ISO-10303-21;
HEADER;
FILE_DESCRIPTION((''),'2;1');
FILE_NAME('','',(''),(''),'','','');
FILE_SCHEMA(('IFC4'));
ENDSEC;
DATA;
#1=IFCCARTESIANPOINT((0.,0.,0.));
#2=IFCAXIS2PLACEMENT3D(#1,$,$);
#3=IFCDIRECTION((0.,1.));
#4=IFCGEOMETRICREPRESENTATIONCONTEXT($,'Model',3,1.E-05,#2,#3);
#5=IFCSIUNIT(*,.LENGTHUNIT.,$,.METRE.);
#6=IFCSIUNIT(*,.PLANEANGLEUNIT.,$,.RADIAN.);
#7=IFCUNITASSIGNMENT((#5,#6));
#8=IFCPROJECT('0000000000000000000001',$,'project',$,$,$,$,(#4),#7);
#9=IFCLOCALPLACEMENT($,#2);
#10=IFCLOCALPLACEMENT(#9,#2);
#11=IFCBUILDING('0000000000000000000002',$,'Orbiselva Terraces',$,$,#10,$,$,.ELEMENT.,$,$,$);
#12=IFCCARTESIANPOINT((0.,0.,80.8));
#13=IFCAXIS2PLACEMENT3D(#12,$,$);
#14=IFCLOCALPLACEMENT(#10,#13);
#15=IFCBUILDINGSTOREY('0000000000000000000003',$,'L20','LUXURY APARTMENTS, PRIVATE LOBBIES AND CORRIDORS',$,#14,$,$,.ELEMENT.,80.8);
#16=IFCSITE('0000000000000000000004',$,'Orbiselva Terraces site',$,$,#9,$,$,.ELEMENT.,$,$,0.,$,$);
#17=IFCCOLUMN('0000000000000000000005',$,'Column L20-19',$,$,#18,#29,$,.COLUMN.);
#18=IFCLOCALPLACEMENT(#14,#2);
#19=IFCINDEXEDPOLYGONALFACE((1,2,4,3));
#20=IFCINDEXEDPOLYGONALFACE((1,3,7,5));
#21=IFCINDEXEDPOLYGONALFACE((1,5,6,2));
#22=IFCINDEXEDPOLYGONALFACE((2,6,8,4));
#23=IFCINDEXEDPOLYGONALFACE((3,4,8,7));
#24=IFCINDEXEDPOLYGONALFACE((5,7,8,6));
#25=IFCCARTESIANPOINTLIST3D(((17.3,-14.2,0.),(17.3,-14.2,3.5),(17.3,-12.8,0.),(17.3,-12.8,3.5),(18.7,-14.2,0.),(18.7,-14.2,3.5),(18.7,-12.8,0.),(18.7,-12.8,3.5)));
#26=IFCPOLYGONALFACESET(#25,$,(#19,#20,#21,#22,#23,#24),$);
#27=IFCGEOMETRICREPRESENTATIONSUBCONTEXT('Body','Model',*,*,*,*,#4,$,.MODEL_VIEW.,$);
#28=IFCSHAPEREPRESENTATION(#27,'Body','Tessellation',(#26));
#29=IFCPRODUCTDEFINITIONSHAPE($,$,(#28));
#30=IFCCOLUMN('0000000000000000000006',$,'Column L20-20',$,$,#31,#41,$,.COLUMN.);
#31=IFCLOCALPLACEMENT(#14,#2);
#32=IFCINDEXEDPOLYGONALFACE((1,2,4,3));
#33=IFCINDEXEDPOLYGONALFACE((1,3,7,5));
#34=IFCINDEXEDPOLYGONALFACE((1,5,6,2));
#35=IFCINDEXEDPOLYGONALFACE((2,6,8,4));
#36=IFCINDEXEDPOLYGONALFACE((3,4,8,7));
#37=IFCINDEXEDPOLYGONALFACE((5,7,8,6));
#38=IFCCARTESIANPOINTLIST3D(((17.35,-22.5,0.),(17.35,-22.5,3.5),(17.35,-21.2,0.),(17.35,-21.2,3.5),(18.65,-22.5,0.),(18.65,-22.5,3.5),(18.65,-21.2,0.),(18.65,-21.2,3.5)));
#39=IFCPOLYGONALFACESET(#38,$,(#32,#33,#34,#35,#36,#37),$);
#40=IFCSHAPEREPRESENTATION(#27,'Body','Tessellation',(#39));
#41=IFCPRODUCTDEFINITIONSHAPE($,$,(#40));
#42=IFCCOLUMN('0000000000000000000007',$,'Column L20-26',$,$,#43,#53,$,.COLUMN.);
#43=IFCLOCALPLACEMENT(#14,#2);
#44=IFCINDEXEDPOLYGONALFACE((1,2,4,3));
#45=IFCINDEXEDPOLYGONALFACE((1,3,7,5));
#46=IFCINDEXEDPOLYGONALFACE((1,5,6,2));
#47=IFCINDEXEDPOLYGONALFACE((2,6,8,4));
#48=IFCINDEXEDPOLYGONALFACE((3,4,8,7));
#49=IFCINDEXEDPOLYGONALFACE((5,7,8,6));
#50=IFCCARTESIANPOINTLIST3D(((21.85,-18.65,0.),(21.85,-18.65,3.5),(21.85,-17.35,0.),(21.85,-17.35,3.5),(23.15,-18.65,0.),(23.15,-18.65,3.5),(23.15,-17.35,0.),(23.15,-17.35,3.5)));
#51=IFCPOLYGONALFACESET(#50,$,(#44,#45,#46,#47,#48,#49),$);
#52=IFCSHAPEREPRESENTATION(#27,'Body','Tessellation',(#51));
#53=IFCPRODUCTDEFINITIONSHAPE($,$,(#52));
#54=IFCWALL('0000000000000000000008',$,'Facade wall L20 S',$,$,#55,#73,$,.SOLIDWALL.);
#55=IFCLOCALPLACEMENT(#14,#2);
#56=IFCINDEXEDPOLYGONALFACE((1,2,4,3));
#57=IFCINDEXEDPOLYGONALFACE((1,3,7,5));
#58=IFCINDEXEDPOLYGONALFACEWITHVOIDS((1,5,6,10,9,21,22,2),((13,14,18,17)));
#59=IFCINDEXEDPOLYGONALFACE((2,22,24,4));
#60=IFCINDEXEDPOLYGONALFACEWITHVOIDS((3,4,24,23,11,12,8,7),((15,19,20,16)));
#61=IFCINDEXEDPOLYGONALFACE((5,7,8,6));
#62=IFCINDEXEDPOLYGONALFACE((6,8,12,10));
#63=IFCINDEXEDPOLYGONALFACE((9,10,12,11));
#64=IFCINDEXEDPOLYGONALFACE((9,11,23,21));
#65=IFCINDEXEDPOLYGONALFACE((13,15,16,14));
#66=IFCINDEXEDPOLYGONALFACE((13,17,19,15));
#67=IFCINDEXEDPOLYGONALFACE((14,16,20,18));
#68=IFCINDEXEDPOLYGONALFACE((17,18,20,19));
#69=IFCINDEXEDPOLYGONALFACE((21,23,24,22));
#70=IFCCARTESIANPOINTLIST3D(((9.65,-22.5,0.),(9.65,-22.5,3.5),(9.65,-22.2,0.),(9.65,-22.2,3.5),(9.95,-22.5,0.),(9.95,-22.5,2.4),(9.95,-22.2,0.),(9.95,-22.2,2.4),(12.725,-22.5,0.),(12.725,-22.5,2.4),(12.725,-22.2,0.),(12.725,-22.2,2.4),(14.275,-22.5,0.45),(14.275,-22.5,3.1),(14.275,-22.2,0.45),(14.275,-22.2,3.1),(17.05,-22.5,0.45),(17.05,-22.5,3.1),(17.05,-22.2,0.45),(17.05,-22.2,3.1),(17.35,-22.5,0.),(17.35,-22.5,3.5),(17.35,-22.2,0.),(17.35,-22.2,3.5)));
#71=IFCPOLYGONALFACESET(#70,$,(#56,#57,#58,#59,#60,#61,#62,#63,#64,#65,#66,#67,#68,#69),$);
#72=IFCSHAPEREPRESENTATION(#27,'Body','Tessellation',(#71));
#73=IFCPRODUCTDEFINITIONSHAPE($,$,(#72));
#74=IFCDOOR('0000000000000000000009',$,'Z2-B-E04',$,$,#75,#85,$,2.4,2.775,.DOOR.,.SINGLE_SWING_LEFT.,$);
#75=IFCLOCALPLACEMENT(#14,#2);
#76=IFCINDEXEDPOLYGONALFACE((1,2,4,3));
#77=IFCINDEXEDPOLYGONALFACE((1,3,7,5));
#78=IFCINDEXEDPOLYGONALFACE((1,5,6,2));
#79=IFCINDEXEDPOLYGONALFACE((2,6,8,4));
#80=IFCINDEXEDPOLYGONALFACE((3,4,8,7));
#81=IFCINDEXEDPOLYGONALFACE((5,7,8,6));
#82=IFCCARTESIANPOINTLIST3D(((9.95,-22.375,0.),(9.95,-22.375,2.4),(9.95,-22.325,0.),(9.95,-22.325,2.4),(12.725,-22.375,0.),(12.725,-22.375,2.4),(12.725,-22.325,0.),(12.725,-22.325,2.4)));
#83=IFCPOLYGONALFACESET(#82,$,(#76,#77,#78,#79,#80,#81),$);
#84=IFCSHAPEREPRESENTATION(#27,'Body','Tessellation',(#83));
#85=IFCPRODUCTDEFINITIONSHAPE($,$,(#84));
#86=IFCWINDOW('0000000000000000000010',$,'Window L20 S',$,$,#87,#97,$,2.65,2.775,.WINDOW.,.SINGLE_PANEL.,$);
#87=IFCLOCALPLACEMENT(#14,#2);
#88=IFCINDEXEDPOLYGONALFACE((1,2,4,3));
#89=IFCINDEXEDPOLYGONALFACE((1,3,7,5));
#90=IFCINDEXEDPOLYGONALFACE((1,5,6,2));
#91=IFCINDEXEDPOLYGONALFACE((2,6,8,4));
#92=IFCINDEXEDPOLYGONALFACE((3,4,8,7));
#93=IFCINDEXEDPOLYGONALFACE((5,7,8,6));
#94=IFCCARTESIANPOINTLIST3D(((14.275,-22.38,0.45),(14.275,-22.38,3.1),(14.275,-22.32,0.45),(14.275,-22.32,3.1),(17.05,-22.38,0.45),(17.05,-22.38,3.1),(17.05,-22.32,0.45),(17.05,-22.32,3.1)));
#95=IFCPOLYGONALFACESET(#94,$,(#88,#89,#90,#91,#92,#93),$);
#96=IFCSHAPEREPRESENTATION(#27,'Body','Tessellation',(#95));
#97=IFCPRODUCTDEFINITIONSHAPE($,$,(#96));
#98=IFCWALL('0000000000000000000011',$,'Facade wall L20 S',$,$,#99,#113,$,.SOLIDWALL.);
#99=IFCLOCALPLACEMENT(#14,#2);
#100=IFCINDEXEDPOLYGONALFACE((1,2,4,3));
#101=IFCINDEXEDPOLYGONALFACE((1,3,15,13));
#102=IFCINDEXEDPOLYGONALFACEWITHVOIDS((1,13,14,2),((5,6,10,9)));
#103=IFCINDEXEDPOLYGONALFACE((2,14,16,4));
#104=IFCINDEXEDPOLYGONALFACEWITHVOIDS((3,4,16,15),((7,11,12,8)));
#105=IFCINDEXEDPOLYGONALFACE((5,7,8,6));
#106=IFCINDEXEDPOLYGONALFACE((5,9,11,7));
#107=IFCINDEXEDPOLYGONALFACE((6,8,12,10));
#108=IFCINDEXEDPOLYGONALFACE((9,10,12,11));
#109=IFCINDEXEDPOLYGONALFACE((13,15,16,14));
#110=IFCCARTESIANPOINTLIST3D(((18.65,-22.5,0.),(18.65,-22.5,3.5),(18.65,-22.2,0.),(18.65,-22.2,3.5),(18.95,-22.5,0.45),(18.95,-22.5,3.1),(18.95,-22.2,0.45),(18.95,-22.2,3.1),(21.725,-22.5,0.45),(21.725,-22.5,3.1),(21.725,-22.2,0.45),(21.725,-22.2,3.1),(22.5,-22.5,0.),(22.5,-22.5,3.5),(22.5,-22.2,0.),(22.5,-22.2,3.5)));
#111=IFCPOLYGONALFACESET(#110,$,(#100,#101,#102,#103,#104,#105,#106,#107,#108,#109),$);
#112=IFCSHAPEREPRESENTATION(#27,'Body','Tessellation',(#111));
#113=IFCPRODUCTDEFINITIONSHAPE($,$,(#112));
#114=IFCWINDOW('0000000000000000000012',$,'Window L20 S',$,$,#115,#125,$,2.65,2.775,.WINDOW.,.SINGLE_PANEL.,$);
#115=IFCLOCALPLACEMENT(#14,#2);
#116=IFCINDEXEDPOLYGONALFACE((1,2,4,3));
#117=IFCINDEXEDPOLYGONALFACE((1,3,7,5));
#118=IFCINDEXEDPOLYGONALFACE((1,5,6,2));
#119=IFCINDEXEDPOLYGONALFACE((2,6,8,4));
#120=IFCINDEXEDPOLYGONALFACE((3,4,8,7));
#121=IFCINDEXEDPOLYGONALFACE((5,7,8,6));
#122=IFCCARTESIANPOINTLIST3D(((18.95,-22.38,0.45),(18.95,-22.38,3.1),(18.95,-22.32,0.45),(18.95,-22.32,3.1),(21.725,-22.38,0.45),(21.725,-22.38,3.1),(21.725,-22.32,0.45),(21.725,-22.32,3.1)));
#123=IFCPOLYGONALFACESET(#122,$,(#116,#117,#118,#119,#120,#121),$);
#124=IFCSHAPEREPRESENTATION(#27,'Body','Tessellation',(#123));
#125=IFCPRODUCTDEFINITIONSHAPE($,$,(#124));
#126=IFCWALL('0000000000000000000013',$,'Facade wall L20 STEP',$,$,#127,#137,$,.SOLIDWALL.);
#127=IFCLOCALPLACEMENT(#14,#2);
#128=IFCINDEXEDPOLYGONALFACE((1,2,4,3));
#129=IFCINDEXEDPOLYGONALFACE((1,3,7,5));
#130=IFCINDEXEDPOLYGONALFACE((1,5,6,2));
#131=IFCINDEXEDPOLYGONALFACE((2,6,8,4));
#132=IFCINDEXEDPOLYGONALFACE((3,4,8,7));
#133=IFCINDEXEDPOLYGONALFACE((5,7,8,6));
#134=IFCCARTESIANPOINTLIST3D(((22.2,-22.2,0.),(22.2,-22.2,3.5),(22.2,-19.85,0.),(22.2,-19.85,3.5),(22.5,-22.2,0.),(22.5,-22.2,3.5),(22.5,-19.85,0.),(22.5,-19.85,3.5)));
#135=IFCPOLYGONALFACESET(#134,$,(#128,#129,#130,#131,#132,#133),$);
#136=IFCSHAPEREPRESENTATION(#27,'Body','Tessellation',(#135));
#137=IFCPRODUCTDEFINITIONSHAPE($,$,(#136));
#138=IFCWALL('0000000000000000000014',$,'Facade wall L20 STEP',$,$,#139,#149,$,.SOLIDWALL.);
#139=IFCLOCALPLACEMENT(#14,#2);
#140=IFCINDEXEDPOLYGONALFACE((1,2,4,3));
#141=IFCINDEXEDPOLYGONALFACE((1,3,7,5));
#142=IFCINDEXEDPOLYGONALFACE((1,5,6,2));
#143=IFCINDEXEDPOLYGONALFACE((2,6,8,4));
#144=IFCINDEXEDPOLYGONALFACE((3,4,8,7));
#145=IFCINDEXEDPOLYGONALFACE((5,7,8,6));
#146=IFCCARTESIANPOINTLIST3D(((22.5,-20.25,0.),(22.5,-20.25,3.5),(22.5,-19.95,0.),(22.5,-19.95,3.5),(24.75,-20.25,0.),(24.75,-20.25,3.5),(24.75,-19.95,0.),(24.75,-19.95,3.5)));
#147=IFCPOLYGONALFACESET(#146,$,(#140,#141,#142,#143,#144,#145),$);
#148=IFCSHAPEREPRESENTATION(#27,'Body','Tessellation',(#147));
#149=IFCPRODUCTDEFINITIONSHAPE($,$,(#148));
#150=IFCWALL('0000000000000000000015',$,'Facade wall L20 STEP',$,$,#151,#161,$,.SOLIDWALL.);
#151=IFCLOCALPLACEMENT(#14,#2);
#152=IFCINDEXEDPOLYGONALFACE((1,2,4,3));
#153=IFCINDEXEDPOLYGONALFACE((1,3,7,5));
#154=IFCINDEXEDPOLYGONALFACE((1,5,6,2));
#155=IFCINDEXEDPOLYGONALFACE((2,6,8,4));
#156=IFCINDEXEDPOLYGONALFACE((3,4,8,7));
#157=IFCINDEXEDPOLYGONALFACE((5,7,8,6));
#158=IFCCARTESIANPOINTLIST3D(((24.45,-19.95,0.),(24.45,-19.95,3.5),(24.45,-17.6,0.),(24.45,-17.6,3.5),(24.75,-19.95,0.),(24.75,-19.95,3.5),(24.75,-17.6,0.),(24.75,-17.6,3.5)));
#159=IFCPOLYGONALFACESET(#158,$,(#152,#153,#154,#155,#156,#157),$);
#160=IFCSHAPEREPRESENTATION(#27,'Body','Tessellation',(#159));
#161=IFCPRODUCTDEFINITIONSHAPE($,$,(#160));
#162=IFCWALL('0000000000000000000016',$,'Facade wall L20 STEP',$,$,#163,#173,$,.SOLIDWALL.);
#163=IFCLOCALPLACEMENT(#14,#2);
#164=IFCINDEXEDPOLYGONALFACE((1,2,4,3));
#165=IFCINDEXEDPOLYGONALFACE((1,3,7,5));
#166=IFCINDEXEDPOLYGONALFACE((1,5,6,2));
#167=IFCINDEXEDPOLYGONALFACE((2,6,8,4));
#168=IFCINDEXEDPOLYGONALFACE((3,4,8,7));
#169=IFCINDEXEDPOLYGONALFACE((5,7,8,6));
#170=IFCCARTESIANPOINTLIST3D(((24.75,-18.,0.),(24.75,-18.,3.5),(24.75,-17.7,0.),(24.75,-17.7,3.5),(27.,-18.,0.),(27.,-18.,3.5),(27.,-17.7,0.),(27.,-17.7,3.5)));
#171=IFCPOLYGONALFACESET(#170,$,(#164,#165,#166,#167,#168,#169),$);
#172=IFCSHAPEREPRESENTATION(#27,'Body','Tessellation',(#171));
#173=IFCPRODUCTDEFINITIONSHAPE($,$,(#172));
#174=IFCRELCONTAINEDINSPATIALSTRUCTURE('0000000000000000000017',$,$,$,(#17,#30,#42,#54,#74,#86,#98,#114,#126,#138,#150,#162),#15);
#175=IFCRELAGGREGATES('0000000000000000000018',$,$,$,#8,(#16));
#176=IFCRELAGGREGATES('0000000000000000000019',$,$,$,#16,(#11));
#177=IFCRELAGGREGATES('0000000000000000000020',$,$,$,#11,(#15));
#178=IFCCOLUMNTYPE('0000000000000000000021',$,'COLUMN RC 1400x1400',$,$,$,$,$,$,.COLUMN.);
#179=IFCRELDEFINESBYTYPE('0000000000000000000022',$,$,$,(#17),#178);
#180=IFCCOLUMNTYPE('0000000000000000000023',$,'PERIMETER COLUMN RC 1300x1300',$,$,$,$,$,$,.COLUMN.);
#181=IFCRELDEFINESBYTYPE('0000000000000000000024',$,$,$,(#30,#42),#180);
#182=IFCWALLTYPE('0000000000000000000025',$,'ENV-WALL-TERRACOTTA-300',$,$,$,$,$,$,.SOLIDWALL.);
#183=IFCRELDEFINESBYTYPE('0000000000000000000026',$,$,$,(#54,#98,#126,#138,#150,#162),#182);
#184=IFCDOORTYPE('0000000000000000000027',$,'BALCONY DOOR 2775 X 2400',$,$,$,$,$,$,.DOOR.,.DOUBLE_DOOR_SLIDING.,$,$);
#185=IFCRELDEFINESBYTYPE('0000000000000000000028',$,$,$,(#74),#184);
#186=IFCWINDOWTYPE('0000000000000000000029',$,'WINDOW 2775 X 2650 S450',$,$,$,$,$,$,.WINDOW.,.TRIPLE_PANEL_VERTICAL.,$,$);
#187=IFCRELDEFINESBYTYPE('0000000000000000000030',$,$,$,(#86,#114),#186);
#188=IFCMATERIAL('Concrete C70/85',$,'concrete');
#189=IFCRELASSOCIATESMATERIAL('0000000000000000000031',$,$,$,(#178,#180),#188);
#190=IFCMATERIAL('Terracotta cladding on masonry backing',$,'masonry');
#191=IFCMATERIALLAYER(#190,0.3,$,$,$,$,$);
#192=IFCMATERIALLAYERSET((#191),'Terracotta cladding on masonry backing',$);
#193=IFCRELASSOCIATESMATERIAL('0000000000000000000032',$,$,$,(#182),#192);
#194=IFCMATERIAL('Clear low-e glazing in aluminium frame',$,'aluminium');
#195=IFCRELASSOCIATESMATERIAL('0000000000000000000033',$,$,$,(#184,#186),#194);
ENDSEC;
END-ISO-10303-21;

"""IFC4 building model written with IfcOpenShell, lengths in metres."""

from ifc_helpers import new_model, si_unit, direction, frame, frame_2d, origin, origin_2d, place, context, subcontext, project, spatial, rectangle, extrude, material, layer, layer_set, material_profile, profile_set, type_object, element, fill, save


model = new_model("IFC4")

# Units and contexts
model_context = context("Model", 3, precision=1e-05, world=origin(), true_north=direction((0.0, 1.0)))
body_context = subcontext(model_context, "Body", "Model", "MODEL_VIEW")
ifc_project = project(units=[si_unit("LENGTHUNIT", "METRE"), si_unit("PLANEANGLEUNIT", "RADIAN")], contexts=[model_context])

# Site, building, storey
site_placement = place(None, origin())
site = spatial("IfcSite", under=ifc_project, at=site_placement, Name="Orbiselva Terraces site", CompositionType="ELEMENT", RefElevation=0.0)
building_placement = place(site_placement, origin())
building = spatial("IfcBuilding", under=site, at=building_placement, Name="Orbiselva Terraces", CompositionType="ELEMENT")
storey_placement = place(building_placement, frame((0.0, 0.0, 80.8)))
storey = spatial("IfcBuildingStorey", under=building, at=storey_placement, Name="L20", Description="LUXURY APARTMENTS, PRIVATE LOBBIES AND CORRIDORS", CompositionType="ELEMENT", Elevation=80.8)

# Columns
ifc_material_1 = material(Name="Concrete C70/85", Category="concrete")
ifc_material_profile_1 = material_profile(ifc_material_1, rectangle(XDim=1.4, YDim=1.4, at=origin_2d()), Name="RC 1400x1400")
ifc_profile_set_1 = profile_set([ifc_material_profile_1], Name="Concrete C70/85")
column_type_1 = type_object("IfcColumnType", Name="COLUMN RC 1400x1400", PredefinedType="COLUMN", material=ifc_profile_set_1)
column_placement = place(storey_placement, frame((18.0, -13.5, 0.0), z_axis=(0.0, 0.0, 1.0), x_axis=(1.0, 0.0, 0.0)))
element("IfcColumn", 1, at=column_placement, inside=storey, type_object=column_type_1, Name="Column L20-19", PredefinedType="COLUMN", context=body_context, shape_type="SweptSolid", body=[
    extrude(rectangle(XDim=1.4, YDim=1.4, at=origin_2d()), origin(), (0.0, 0.0, 1.0), 3.5),
])
ifc_material_profile_2 = material_profile(ifc_material_1, rectangle(XDim=1.3, YDim=1.3, at=origin_2d()), Name="RC 1300x1300")
ifc_profile_set_2 = profile_set([ifc_material_profile_2], Name="Concrete C70/85")
column_type_2 = type_object("IfcColumnType", Name="PERIMETER COLUMN RC 1300x1300", PredefinedType="COLUMN", material=ifc_profile_set_2)
for number, where, z_axis, x_axis, name in (
    (2, (18.0, -21.85, 0.0), (0.0, 0.0, 1.0), (1.0, 0.0, 0.0), "Column L20-20"),
    (3, (22.5, -18.0, 0.0), (0.0, 0.0, 1.0), (1.0, 0.0, 0.0), "Column L20-26"),
):
    element("IfcColumn", number, at=place(storey_placement, frame(where, z_axis=z_axis, x_axis=x_axis)), inside=storey, type_object=column_type_2, Name=name, PredefinedType="COLUMN", context=body_context, shape_type="SweptSolid", body=[
        extrude(rectangle(XDim=1.3, YDim=1.3, at=origin_2d()), origin(), (0.0, 0.0, 1.0), 3.5),
    ])

# Wall, openings, door, window
ifc_material_2 = material(Name="Terracotta cladding on masonry backing", Category="masonry")
ifc_layer_1 = layer(ifc_material_2, 0.3)
ifc_layer_set_1 = layer_set([ifc_layer_1], Name="Terracotta cladding on masonry backing")
wall_type_1 = type_object("IfcWallType", Name="ENV-WALL-TERRACOTTA-300", PredefinedType="SOLIDWALL", material=ifc_layer_set_1)
wall_1_placement = place(storey_placement, frame((17.35, -22.35, 0.0), z_axis=(0.0, 0.0, 1.0), x_axis=(-1.0, 0.0, 0.0)))
wall_1 = element("IfcWall", 4, at=wall_1_placement, inside=storey, type_object=wall_type_1, Name="Facade wall L20 S", PredefinedType="SOLIDWALL", context=body_context, shape_type="SweptSolid", body=[
    extrude(rectangle(XDim=7.7, YDim=0.3, at=frame_2d((3.85, 0.0))), origin(), (0.0, 0.0, 1.0), 3.5),
])
opening_1_placement = place(wall_1_placement, frame((4.625, 0.0, 0.0)))
opening_1 = element("IfcOpeningElement", 5, at=opening_1_placement, cuts=wall_1, PredefinedType="OPENING", context=body_context, shape_type="SweptSolid", body=[
    extrude(rectangle(XDim=2.775, YDim=2.4, at=frame_2d((1.3875, 1.2))), frame((0.0, 0.16, 0.0), z_axis=(0.0, -1.0, 0.0), x_axis=(1.0, 0.0, 0.0)), (0.0, 0.0, 1.0), 0.32),
])
opening_2_placement = place(wall_1_placement, frame((0.3, 0.0, 0.45)))
opening_2 = element("IfcOpeningElement", 6, at=opening_2_placement, cuts=wall_1, PredefinedType="OPENING", context=body_context, shape_type="SweptSolid", body=[
    extrude(rectangle(XDim=2.775, YDim=2.65, at=frame_2d((1.3875, 1.325))), frame((0.0, 0.16, 0.0), z_axis=(0.0, -1.0, 0.0), x_axis=(1.0, 0.0, 0.0)), (0.0, 0.0, 1.0), 0.32),
])
ifc_material_3 = material(Name="Clear low-e glazing in aluminium frame", Category="aluminium")
door_type_1 = type_object("IfcDoorType", Name="BALCONY DOOR 2775 X 2400", OperationType="DOUBLE_DOOR_SLIDING", PredefinedType="DOOR", material=ifc_material_3)
door_1_placement = place(opening_1_placement, origin())
door_1 = element("IfcDoor", 7, at=door_1_placement, inside=storey, type_object=door_type_1, Name="Z2-B-E04", OperationType="SINGLE_SWING_LEFT", OverallHeight=2.4, OverallWidth=2.775, PredefinedType="DOOR", context=body_context, shape_type="SweptSolid", body=[
    extrude(rectangle(XDim=2.775, YDim=2.4, at=frame_2d((1.3875, 1.2))), frame((0.0, 0.025, 0.0), z_axis=(0.0, -1.0, 0.0), x_axis=(1.0, 0.0, 0.0)), (0.0, 0.0, 1.0), 0.05),
])
fill(opening_1, door_1)
window_type = type_object("IfcWindowType", Name="WINDOW 2775 X 2650 S450", PartitioningType="TRIPLE_PANEL_VERTICAL", PredefinedType="WINDOW", material=ifc_material_3)
window_1_placement = place(opening_2_placement, origin())
window_1 = element("IfcWindow", 8, at=window_1_placement, inside=storey, type_object=window_type, Name="Window L20 S", OverallHeight=2.65, OverallWidth=2.775, PartitioningType="SINGLE_PANEL", PredefinedType="WINDOW", context=body_context, shape_type="SweptSolid", body=[
    extrude(rectangle(XDim=2.775, YDim=2.65, at=frame_2d((1.3875, 1.325))), frame((0.0, 0.03, 0.0), z_axis=(0.0, -1.0, 0.0), x_axis=(1.0, 0.0, 0.0)), (0.0, 0.0, 1.0), 0.06),
])
fill(opening_2, window_1)

# Wall, opening, window
wall_2_placement = place(storey_placement, frame((22.5, -22.35, 0.0), z_axis=(0.0, 0.0, 1.0), x_axis=(-1.0, 0.0, 0.0)))
wall_2 = element("IfcWall", 9, at=wall_2_placement, inside=storey, type_object=wall_type_1, Name="Facade wall L20 S", PredefinedType="SOLIDWALL", context=body_context, shape_type="SweptSolid", body=[
    extrude(rectangle(XDim=3.85, YDim=0.3, at=frame_2d((1.925, 0.0))), origin(), (0.0, 0.0, 1.0), 3.5),
])
opening_3_placement = place(wall_2_placement, frame((0.775, 0.0, 0.45)))
opening_3 = element("IfcOpeningElement", 10, at=opening_3_placement, cuts=wall_2, PredefinedType="OPENING", context=body_context, shape_type="SweptSolid", body=[
    extrude(rectangle(XDim=2.775, YDim=2.65, at=frame_2d((1.3875, 1.325))), frame((0.0, 0.16, 0.0), z_axis=(0.0, -1.0, 0.0), x_axis=(1.0, 0.0, 0.0)), (0.0, 0.0, 1.0), 0.32),
])
window_2_placement = place(opening_3_placement, origin())
window_2 = element("IfcWindow", 11, at=window_2_placement, inside=storey, type_object=window_type, Name="Window L20 S", OverallHeight=2.65, OverallWidth=2.775, PartitioningType="SINGLE_PANEL", PredefinedType="WINDOW", context=body_context, shape_type="SweptSolid", body=[
    extrude(rectangle(XDim=2.775, YDim=2.65, at=frame_2d((1.3875, 1.325))), frame((0.0, 0.03, 0.0), z_axis=(0.0, -1.0, 0.0), x_axis=(1.0, 0.0, 0.0)), (0.0, 0.0, 1.0), 0.06),
])
fill(opening_3, window_2)

# Walls
wall_3_placement = place(storey_placement, frame((22.35, -19.85, 0.0), z_axis=(0.0, 0.0, 1.0), x_axis=(0.0, -1.0, 0.0)))
element("IfcWall", 12, at=wall_3_placement, inside=storey, type_object=wall_type_1, Name="Facade wall L20 STEP", PredefinedType="SOLIDWALL", context=body_context, shape_type="SweptSolid", body=[
    extrude(rectangle(XDim=2.35, YDim=0.3, at=frame_2d((1.175, 0.0))), origin(), (0.0, 0.0, 1.0), 3.5),
])
wall_4_placement = place(storey_placement, frame((24.75, -20.1, 0.0), z_axis=(0.0, 0.0, 1.0), x_axis=(-1.0, 0.0, 0.0)))
element("IfcWall", 13, at=wall_4_placement, inside=storey, type_object=wall_type_1, Name="Facade wall L20 STEP", PredefinedType="SOLIDWALL", context=body_context, shape_type="SweptSolid", body=[
    extrude(rectangle(XDim=2.25, YDim=0.3, at=frame_2d((1.125, 0.0))), origin(), (0.0, 0.0, 1.0), 3.5),
])
wall_5_placement = place(storey_placement, frame((24.6, -17.6, 0.0), z_axis=(0.0, 0.0, 1.0), x_axis=(0.0, -1.0, 0.0)))
element("IfcWall", 14, at=wall_5_placement, inside=storey, type_object=wall_type_1, Name="Facade wall L20 STEP", PredefinedType="SOLIDWALL", context=body_context, shape_type="SweptSolid", body=[
    extrude(rectangle(XDim=2.35, YDim=0.3, at=frame_2d((1.175, 0.0))), origin(), (0.0, 0.0, 1.0), 3.5),
])
wall_6_placement = place(storey_placement, frame((27.0, -17.85, 0.0), z_axis=(0.0, 0.0, 1.0), x_axis=(-1.0, 0.0, 0.0)))
element("IfcWall", 15, at=wall_6_placement, inside=storey, type_object=wall_type_1, Name="Facade wall L20 STEP", PredefinedType="SOLIDWALL", context=body_context, shape_type="SweptSolid", body=[
    extrude(rectangle(XDim=2.25, YDim=0.3, at=frame_2d((1.125, 0.0))), origin(), (0.0, 0.0, 1.0), 3.5),
])

save(model, "model.ifc")
